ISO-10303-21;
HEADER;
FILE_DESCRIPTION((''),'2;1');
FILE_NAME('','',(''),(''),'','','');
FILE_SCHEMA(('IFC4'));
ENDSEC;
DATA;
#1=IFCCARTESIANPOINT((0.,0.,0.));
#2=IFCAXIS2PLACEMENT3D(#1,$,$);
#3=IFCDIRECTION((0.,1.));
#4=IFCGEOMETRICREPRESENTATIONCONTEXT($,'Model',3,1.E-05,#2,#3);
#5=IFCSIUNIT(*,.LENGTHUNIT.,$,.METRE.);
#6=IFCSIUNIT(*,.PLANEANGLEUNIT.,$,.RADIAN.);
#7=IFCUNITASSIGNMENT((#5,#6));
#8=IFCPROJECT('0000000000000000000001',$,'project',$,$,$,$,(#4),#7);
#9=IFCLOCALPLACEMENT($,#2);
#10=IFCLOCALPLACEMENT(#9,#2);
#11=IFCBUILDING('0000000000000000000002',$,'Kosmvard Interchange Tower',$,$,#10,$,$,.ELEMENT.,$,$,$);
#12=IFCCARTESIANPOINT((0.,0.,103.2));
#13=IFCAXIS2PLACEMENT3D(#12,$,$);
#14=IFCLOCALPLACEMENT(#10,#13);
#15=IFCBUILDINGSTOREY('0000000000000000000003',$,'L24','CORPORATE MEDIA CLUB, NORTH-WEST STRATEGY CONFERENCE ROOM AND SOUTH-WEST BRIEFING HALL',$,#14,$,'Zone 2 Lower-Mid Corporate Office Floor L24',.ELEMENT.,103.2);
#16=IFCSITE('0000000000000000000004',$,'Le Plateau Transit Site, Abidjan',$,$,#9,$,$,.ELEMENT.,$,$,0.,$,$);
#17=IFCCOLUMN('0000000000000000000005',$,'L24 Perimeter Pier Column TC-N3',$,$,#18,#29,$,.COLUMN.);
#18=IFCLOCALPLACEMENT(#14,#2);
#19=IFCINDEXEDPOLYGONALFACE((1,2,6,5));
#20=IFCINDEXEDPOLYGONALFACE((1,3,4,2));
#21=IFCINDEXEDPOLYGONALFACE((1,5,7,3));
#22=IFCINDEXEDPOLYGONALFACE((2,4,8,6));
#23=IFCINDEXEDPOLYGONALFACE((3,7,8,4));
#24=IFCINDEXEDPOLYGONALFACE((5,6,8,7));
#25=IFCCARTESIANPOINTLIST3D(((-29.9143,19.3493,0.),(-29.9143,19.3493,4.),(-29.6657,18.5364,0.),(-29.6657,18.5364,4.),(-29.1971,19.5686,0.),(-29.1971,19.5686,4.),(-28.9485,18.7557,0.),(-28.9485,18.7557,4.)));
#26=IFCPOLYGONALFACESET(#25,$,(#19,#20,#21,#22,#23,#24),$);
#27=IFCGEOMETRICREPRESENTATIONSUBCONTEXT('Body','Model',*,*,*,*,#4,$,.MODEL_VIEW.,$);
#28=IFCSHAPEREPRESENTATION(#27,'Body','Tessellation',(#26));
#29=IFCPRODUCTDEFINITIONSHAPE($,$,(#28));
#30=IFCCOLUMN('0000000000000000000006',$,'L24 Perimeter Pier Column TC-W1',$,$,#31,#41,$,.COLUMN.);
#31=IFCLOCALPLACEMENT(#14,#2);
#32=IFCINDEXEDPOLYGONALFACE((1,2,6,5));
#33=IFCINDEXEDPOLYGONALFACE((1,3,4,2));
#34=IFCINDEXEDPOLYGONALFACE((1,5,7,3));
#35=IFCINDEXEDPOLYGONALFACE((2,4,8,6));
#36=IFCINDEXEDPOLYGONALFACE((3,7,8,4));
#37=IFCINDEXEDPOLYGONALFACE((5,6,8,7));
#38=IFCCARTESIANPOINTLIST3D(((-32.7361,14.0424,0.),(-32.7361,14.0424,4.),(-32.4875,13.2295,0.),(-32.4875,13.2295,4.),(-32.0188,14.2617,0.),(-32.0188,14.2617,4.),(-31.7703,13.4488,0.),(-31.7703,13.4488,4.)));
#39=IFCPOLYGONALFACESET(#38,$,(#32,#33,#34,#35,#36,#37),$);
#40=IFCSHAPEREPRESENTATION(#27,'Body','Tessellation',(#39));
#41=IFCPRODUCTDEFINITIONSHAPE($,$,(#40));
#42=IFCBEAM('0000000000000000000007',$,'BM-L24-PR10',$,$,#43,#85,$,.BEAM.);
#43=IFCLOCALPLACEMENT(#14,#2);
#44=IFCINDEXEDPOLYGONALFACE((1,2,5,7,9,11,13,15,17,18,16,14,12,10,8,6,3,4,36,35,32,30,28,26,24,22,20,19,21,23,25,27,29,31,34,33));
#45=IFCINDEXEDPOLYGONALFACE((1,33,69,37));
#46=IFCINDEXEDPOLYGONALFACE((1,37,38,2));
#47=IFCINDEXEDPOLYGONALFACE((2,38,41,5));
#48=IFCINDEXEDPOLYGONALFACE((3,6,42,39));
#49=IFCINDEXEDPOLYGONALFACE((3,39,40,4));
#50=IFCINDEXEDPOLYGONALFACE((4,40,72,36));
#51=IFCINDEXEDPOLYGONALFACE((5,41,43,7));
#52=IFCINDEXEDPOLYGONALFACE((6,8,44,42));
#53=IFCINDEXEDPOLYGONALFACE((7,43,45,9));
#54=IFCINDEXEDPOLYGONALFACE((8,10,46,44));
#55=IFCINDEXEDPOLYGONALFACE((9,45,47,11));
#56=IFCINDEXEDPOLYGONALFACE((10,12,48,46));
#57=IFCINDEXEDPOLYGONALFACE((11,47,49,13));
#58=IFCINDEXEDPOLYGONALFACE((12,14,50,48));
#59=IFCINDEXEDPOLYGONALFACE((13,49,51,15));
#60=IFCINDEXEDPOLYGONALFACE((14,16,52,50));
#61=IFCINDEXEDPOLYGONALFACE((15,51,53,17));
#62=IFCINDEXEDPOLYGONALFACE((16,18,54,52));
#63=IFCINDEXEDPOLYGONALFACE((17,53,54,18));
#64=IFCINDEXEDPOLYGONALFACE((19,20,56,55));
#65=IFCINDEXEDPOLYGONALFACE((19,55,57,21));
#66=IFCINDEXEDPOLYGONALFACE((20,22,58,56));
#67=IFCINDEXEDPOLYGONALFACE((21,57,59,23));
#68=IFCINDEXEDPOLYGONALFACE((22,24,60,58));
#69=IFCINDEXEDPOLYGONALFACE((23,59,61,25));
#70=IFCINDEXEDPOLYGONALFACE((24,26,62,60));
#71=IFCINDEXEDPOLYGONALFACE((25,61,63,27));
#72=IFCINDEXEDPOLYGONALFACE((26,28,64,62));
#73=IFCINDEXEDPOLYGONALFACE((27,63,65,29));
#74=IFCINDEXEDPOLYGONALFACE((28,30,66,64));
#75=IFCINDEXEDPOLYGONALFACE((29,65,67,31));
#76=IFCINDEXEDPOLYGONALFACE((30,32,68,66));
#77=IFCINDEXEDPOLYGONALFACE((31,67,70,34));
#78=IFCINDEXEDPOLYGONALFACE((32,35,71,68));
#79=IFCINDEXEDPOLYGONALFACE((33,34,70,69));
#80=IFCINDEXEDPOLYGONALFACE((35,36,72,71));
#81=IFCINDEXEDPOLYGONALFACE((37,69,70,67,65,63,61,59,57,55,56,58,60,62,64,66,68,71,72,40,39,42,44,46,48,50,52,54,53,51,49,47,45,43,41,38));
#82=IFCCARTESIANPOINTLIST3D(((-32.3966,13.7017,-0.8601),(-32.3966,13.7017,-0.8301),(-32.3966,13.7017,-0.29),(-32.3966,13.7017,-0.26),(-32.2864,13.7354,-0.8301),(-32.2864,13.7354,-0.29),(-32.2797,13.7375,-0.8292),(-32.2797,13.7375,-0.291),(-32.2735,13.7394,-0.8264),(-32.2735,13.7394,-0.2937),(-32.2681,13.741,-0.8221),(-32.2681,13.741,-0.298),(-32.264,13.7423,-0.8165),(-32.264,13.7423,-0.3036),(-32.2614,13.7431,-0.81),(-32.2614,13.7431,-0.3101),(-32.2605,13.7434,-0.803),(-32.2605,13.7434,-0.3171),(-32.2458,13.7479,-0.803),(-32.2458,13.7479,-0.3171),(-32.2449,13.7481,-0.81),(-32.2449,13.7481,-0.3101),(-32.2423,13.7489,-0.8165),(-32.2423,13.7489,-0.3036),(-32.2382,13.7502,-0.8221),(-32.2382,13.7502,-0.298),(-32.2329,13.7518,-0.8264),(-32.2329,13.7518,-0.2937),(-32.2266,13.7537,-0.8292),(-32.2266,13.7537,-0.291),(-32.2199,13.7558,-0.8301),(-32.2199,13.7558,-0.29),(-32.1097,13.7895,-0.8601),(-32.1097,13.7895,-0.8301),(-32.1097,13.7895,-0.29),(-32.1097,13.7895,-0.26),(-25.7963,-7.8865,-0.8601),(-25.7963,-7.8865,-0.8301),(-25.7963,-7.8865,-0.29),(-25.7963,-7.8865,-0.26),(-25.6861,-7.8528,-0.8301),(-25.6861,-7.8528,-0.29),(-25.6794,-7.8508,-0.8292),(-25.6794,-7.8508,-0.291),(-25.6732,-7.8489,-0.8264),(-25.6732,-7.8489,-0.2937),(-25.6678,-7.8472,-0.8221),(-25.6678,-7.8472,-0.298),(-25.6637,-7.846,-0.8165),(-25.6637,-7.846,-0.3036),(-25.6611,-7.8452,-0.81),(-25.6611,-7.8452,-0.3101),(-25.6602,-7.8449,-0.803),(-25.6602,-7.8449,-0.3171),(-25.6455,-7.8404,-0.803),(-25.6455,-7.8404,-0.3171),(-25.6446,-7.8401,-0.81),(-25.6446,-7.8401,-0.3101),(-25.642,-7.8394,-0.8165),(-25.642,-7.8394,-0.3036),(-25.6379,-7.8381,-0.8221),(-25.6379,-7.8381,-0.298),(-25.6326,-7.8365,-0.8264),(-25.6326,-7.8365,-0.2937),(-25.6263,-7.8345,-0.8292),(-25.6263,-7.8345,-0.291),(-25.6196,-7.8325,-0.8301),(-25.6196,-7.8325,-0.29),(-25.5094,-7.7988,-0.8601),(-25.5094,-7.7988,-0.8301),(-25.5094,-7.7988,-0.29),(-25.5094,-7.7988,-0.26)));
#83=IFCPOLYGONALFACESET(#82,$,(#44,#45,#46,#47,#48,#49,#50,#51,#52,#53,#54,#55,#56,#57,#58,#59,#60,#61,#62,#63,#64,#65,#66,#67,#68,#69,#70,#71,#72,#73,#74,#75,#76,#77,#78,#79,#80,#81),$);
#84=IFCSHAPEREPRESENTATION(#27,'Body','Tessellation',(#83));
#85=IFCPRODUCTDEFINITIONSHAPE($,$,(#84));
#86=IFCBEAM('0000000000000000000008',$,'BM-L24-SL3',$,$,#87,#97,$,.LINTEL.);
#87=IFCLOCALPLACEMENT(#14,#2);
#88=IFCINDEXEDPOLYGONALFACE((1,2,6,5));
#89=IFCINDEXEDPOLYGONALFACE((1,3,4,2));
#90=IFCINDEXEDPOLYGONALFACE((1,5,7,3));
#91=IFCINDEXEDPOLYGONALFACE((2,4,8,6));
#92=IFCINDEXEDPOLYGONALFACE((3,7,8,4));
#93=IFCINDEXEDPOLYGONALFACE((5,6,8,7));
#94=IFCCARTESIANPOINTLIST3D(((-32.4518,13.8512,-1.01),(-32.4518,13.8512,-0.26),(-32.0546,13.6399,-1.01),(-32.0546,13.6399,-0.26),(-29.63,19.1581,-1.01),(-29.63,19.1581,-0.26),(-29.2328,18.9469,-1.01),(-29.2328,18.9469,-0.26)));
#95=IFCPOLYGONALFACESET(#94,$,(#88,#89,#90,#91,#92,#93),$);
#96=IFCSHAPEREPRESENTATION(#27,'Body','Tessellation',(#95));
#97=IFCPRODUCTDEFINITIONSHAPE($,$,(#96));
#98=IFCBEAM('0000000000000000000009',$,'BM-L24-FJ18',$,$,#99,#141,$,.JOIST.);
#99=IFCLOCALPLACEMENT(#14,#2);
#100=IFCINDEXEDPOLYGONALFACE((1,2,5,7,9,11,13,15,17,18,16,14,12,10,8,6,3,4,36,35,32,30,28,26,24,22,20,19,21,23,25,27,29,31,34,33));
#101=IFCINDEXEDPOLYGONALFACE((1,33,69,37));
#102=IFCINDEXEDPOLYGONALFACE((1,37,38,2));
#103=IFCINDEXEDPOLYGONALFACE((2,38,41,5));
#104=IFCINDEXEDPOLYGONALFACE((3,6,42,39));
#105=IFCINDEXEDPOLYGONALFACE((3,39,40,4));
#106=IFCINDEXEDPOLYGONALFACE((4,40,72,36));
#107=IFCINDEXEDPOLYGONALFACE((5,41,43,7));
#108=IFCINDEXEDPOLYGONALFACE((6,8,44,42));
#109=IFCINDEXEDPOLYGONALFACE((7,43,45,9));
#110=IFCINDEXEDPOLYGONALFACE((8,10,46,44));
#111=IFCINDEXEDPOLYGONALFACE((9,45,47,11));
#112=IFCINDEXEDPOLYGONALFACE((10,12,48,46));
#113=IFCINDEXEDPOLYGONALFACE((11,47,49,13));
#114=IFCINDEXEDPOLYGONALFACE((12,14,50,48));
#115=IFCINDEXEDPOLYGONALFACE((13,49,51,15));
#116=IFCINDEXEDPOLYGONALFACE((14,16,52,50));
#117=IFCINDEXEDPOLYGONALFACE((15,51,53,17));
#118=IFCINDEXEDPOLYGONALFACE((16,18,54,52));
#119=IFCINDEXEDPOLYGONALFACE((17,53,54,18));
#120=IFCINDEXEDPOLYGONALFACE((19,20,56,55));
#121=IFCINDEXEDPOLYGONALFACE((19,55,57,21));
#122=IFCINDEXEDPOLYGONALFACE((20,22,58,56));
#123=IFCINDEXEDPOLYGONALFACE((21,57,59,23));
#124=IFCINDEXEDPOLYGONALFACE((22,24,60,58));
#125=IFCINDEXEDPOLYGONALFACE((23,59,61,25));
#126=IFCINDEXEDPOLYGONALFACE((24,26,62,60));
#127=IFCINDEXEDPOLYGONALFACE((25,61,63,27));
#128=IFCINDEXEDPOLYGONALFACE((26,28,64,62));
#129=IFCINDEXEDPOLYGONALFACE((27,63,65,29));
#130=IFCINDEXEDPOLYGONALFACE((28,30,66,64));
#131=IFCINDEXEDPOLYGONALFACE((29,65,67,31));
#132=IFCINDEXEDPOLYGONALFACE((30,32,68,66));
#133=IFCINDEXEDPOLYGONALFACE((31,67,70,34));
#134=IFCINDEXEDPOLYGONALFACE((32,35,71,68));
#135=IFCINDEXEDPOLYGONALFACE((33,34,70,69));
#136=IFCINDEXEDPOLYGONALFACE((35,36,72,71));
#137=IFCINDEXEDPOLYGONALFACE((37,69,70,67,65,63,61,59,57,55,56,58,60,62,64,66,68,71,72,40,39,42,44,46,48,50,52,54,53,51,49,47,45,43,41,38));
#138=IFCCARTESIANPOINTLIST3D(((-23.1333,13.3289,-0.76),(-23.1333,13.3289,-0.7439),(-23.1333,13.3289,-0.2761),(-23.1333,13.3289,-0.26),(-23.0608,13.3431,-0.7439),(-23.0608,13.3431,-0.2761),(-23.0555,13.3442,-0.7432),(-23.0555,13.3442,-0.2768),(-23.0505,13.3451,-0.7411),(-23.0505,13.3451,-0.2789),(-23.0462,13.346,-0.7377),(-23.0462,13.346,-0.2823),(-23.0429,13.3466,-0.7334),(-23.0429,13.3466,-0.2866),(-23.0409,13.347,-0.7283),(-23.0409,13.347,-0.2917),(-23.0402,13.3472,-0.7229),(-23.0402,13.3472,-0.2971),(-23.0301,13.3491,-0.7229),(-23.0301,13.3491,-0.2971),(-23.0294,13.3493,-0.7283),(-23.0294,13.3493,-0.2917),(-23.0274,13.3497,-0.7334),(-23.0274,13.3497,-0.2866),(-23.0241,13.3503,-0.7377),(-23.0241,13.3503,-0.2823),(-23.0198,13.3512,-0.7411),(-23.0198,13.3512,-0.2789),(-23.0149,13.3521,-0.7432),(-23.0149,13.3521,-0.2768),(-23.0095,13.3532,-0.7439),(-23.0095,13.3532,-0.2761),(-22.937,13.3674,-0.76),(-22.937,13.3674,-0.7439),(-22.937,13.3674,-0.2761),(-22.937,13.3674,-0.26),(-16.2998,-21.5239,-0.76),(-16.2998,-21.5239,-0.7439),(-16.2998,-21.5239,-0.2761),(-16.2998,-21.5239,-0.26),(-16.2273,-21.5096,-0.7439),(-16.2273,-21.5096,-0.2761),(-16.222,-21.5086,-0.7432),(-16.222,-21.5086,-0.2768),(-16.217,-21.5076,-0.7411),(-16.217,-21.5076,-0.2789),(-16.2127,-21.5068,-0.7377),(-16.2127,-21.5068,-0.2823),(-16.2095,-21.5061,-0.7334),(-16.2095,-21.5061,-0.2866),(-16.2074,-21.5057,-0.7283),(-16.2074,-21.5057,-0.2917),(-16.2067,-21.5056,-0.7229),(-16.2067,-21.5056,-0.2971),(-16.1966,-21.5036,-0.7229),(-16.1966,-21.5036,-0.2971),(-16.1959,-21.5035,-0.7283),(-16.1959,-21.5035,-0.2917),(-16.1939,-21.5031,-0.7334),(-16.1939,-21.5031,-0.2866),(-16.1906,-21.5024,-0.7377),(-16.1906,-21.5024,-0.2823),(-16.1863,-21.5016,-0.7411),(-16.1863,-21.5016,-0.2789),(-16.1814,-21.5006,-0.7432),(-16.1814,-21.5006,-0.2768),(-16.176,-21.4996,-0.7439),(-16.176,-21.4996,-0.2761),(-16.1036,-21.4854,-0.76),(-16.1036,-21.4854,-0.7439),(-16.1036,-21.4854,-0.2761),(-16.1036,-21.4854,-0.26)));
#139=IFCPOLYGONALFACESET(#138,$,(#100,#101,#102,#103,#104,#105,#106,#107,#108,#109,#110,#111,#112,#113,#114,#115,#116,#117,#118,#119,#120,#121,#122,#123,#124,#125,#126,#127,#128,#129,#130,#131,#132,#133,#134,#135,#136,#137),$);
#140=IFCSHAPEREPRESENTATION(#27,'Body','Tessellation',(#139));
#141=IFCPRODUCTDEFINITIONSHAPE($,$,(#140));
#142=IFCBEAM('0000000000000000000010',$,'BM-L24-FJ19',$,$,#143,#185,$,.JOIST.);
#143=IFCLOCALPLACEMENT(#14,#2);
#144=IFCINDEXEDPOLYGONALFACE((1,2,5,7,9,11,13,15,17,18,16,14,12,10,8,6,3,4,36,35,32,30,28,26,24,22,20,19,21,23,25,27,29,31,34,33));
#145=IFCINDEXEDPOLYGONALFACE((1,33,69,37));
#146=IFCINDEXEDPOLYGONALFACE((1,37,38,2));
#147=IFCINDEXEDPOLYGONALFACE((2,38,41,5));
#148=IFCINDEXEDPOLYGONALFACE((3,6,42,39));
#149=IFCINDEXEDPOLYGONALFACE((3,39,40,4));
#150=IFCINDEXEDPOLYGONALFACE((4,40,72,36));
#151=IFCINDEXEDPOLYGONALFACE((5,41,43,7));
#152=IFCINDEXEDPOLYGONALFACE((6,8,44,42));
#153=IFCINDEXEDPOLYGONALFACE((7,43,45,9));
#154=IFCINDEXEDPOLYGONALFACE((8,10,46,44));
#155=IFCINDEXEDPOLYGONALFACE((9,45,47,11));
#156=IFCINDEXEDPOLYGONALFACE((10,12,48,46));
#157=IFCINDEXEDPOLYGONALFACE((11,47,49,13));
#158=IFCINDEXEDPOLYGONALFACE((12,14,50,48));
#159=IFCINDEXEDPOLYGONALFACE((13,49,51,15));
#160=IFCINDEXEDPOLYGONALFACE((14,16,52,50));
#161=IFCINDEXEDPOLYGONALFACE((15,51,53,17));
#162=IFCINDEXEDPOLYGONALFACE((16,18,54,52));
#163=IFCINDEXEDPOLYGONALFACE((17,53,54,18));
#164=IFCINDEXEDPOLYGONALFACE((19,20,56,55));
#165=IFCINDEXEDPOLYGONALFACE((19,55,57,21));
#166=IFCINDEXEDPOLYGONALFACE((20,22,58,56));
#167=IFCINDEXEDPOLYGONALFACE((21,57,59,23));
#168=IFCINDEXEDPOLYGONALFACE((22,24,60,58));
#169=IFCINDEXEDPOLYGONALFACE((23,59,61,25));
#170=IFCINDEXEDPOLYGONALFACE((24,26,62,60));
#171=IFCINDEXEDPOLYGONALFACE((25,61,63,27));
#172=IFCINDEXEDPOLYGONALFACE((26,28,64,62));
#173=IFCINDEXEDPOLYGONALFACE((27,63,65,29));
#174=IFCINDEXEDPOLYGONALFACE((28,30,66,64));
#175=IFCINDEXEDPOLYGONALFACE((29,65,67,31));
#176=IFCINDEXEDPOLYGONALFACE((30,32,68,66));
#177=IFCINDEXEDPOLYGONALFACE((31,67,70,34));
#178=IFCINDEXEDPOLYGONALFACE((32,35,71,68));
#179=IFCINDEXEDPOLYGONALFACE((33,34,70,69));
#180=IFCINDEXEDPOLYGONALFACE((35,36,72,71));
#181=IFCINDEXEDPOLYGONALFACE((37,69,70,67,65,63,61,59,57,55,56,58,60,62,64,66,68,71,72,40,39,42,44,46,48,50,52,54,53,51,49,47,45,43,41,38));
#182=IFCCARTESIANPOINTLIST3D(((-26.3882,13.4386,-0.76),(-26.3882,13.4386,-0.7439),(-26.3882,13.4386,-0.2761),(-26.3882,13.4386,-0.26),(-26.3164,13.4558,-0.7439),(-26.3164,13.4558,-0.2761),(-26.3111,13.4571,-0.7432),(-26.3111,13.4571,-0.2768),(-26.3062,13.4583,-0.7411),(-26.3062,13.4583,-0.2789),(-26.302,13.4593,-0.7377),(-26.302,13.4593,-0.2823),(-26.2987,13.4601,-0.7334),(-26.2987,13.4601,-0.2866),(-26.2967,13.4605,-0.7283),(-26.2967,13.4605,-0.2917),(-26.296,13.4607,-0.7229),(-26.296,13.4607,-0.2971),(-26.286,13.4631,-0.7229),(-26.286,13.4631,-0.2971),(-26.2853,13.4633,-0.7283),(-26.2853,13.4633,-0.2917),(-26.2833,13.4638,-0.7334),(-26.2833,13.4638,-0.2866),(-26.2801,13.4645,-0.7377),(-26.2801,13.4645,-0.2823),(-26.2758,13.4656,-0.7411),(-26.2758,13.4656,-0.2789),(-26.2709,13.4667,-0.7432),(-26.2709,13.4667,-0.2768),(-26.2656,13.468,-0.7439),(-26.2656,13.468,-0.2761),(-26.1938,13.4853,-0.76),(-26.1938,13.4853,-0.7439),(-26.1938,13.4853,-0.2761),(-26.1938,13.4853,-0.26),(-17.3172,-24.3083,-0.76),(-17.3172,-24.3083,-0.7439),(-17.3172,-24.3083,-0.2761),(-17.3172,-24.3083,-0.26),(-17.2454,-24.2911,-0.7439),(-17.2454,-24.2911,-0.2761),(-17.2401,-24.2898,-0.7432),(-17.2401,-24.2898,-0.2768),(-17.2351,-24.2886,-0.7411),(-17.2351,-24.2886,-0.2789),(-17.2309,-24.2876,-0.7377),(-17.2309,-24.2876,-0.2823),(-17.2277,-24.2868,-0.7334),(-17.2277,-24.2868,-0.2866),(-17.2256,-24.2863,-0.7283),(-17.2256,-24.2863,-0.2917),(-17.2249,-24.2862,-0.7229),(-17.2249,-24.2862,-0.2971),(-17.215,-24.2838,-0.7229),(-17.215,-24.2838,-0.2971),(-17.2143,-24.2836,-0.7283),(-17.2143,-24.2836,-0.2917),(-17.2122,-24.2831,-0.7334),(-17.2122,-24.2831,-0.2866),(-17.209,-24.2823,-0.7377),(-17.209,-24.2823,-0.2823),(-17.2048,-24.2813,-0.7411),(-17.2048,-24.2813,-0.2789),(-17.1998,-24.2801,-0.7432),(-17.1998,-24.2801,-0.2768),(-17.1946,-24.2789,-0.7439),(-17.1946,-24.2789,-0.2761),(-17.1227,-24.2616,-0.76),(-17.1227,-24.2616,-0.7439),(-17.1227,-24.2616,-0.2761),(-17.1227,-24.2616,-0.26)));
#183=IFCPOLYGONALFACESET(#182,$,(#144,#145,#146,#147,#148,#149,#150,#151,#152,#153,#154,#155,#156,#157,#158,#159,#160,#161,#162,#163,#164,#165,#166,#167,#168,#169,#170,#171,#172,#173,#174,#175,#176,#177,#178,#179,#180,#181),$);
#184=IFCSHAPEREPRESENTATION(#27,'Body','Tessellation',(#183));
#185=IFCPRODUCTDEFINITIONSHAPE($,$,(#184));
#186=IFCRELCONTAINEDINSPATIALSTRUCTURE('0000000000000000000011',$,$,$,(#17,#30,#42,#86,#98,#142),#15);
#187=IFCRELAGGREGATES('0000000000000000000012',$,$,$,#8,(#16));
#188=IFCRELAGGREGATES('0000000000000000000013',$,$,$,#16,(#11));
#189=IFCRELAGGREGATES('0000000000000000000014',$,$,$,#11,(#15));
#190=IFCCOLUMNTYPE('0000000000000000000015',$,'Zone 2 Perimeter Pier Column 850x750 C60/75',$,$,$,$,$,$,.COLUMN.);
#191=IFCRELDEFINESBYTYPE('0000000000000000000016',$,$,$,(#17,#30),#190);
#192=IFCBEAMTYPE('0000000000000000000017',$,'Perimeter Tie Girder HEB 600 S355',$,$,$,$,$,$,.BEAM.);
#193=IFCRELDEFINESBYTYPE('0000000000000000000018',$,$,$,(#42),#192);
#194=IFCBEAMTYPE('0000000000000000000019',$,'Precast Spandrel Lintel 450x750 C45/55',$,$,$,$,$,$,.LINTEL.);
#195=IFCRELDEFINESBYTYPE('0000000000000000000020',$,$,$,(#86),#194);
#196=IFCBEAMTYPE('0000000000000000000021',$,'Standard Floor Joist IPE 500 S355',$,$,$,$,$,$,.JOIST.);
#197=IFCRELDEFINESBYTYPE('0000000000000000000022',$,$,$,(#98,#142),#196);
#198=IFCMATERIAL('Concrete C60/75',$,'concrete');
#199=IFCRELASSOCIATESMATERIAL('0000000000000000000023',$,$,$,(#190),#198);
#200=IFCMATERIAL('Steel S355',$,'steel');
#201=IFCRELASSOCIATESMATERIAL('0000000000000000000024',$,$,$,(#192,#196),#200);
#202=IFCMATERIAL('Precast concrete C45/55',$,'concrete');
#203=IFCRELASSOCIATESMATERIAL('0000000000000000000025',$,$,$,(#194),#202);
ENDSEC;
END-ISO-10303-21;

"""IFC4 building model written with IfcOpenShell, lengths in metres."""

from ifc_helpers import new_model, si_unit, direction, frame, origin, origin_2d, place, context, subcontext, project, spatial, rectangle, i_section, extrude, source, transform, mapped, material, material_profile, profile_set, type_object, element, save


model = new_model("IFC4")

# Units and contexts
model_context = context("Model", 3, precision=1e-05, world=origin(), true_north=direction((0.0, 1.0)))
body_context = subcontext(model_context, "Body", "Model", "MODEL_VIEW")
ifc_project = project(units=[si_unit("LENGTHUNIT", "METRE"), si_unit("PLANEANGLEUNIT", "RADIAN")], contexts=[model_context])

# Site, building, storey
site_placement = place(None, origin())
site = spatial("IfcSite", under=ifc_project, at=site_placement, Name="Le Plateau Transit Site, Abidjan", CompositionType="ELEMENT", RefElevation=0.0)
building_placement = place(site_placement, origin())
building = spatial("IfcBuilding", under=site, at=building_placement, Name="Kosmvard Interchange Tower", CompositionType="ELEMENT")
storey_placement = place(building_placement, frame((0.0, 0.0, 103.2)))
storey = spatial("IfcBuildingStorey", under=building, at=storey_placement, Name="L24", Description="CORPORATE MEDIA CLUB, NORTH-WEST STRATEGY CONFERENCE ROOM AND SOUTH-WEST BRIEFING HALL", LongName="Zone 2 Lower-Mid Corporate Office Floor L24", CompositionType="ELEMENT", Elevation=103.2)

# Columns
ifc_material_1 = material(Name="Concrete C60/75", Category="concrete")
ifc_material_profile_1 = material_profile(ifc_material_1, rectangle(XDim=0.75, YDim=0.8501, at=origin_2d()), Name="TC 850x750")
ifc_profile_set_1 = profile_set([ifc_material_profile_1], Name="Concrete C60/75")
column_type = type_object("IfcColumnType", Name="Zone 2 Perimeter Pier Column 850x750 C60/75", PredefinedType="COLUMN", material=ifc_profile_set_1)
shared_shape_1 = source(origin(), body_context, "Body", "SweptSolid", [
    extrude(rectangle(XDim=0.75, YDim=0.8501, at=origin_2d()), origin(), (0.0, 0.0, 1.0), 4.0),
])
for number, where, z_axis, x_axis, name in (
    (1, (-29.4314, 19.0525, 0.0), (0.0, 0.0, 1.0), (0.956305, 0.292372, 0.0), "L24 Perimeter Pier Column TC-N3"),
    (2, (-32.2532, 13.7456, 0.0), (0.0, 0.0, 1.0), (0.956305, 0.292372, 0.0), "L24 Perimeter Pier Column TC-W1"),
):
    element("IfcColumn", number, at=place(storey_placement, frame(where, z_axis=z_axis, x_axis=x_axis)), inside=storey, type_object=column_type, Name=name, PredefinedType="COLUMN", context=body_context, shape_type="MappedRepresentation", body=[
        mapped(shared_shape_1, transform((0.0, 0.0, 0.0), scale=1.0)),
    ])

# Beams
ifc_material_2 = material(Name="Steel S355", Category="steel")
ifc_material_profile_2 = material_profile(ifc_material_2, i_section(OverallWidth=0.3, OverallDepth=0.6001, WebThickness=0.0154, FlangeThickness=0.03, FilletRadius=0.0271, at=origin_2d()), Name="HEB 600")
ifc_profile_set_2 = profile_set([ifc_material_profile_2], Name="Steel S355")
beam_type_1 = type_object("IfcBeamType", Name="Perimeter Tie Girder HEB 600 S355", PredefinedType="BEAM", material=ifc_profile_set_2)
shared_shape_2 = source(origin(), body_context, "Body", "SweptSolid", [
    extrude(i_section(OverallWidth=0.3, OverallDepth=0.6001, WebThickness=0.0154, FlangeThickness=0.03, FilletRadius=0.0271, at=origin_2d()), origin(), (0.0, 0.0, 1.0), 22.5747),
])
beam_1_placement = place(storey_placement, frame((-32.2532, 13.7456, -0.5601), z_axis=(0.292376, -0.956303, 0.0), x_axis=(0.956303, 0.292376, 0.0)))
element("IfcBeam", 3, at=beam_1_placement, inside=storey, type_object=beam_type_1, Name="BM-L24-PR10", PredefinedType="BEAM", context=body_context, shape_type="MappedRepresentation", body=[
    mapped(shared_shape_2, transform((0.0, 0.0, 0.0), scale=1.0)),
])
ifc_material_3 = material(Name="Precast concrete C45/55", Category="concrete")
ifc_material_profile_3 = material_profile(ifc_material_3, rectangle(XDim=0.45, YDim=0.75, at=origin_2d()), Name="SL 450x750")
ifc_profile_set_3 = profile_set([ifc_material_profile_3], Name="Precast concrete C45/55")
beam_type_2 = type_object("IfcBeamType", Name="Precast Spandrel Lintel 450x750 C45/55", PredefinedType="LINTEL", material=ifc_profile_set_3)
shared_shape_3 = source(origin(), body_context, "Body", "SweptSolid", [
    extrude(rectangle(XDim=0.45, YDim=0.75, at=origin_2d()), origin(), (0.0, 0.0, 1.0), 6.0105),
])
beam_2_placement = place(storey_placement, frame((-29.4314, 19.0525, -0.635), z_axis=(-0.469479, -0.882944, 0.0), x_axis=(0.882944, -0.469479, 0.0)))
element("IfcBeam", 4, at=beam_2_placement, inside=storey, type_object=beam_type_2, Name="BM-L24-SL3", PredefinedType="LINTEL", context=body_context, shape_type="MappedRepresentation", body=[
    mapped(shared_shape_3, transform((0.0, 0.0, 0.0), scale=1.0)),
])
ifc_material_profile_4 = material_profile(ifc_material_2, i_section(OverallWidth=0.2, OverallDepth=0.5, WebThickness=0.0103, FlangeThickness=0.0161, FilletRadius=0.021, at=origin_2d()), Name="IPE 500")
ifc_profile_set_4 = profile_set([ifc_material_profile_4], Name="Steel S355")
beam_type_3 = type_object("IfcBeamType", Name="Standard Floor Joist IPE 500 S355", PredefinedType="JOIST", material=ifc_profile_set_4)
shared_shape_4 = source(origin(), body_context, "Body", "SweptSolid", [
    extrude(i_section(OverallWidth=0.2, OverallDepth=0.5, WebThickness=0.0103, FlangeThickness=0.0161, FilletRadius=0.021, at=origin_2d()), origin(), (0.0, 0.0, 1.0), 35.5164),
])
beam_3_placement = place(storey_placement, frame((-23.0352, 13.3481, -0.51), z_axis=(0.192404, -0.981316, 0.0), x_axis=(0.981316, 0.192404, 0.0)))
element("IfcBeam", 5, at=beam_3_placement, inside=storey, type_object=beam_type_3, Name="BM-L24-FJ18", PredefinedType="JOIST", context=body_context, shape_type="MappedRepresentation", body=[
    mapped(shared_shape_4, transform((0.0, 0.0, 0.0), scale=1.0)),
])
shared_shape_5 = source(origin(), body_context, "Body", "SweptSolid", [
    extrude(i_section(OverallWidth=0.2, OverallDepth=0.5, WebThickness=0.0103, FlangeThickness=0.0161, FilletRadius=0.021, at=origin_2d()), origin(), (0.0, 0.0, 1.0), 38.8215),
])
beam_4_placement = place(storey_placement, frame((-26.291, 13.4619, -0.51), z_axis=(0.233661, -0.972318, 0.0), x_axis=(0.972318, 0.233661, 0.0)))
element("IfcBeam", 6, at=beam_4_placement, inside=storey, type_object=beam_type_3, Name="BM-L24-FJ19", PredefinedType="JOIST", context=body_context, shape_type="MappedRepresentation", body=[
    mapped(shared_shape_5, transform((0.0, 0.0, 0.0), scale=1.0)),
])

save(model, "model.ifc")
